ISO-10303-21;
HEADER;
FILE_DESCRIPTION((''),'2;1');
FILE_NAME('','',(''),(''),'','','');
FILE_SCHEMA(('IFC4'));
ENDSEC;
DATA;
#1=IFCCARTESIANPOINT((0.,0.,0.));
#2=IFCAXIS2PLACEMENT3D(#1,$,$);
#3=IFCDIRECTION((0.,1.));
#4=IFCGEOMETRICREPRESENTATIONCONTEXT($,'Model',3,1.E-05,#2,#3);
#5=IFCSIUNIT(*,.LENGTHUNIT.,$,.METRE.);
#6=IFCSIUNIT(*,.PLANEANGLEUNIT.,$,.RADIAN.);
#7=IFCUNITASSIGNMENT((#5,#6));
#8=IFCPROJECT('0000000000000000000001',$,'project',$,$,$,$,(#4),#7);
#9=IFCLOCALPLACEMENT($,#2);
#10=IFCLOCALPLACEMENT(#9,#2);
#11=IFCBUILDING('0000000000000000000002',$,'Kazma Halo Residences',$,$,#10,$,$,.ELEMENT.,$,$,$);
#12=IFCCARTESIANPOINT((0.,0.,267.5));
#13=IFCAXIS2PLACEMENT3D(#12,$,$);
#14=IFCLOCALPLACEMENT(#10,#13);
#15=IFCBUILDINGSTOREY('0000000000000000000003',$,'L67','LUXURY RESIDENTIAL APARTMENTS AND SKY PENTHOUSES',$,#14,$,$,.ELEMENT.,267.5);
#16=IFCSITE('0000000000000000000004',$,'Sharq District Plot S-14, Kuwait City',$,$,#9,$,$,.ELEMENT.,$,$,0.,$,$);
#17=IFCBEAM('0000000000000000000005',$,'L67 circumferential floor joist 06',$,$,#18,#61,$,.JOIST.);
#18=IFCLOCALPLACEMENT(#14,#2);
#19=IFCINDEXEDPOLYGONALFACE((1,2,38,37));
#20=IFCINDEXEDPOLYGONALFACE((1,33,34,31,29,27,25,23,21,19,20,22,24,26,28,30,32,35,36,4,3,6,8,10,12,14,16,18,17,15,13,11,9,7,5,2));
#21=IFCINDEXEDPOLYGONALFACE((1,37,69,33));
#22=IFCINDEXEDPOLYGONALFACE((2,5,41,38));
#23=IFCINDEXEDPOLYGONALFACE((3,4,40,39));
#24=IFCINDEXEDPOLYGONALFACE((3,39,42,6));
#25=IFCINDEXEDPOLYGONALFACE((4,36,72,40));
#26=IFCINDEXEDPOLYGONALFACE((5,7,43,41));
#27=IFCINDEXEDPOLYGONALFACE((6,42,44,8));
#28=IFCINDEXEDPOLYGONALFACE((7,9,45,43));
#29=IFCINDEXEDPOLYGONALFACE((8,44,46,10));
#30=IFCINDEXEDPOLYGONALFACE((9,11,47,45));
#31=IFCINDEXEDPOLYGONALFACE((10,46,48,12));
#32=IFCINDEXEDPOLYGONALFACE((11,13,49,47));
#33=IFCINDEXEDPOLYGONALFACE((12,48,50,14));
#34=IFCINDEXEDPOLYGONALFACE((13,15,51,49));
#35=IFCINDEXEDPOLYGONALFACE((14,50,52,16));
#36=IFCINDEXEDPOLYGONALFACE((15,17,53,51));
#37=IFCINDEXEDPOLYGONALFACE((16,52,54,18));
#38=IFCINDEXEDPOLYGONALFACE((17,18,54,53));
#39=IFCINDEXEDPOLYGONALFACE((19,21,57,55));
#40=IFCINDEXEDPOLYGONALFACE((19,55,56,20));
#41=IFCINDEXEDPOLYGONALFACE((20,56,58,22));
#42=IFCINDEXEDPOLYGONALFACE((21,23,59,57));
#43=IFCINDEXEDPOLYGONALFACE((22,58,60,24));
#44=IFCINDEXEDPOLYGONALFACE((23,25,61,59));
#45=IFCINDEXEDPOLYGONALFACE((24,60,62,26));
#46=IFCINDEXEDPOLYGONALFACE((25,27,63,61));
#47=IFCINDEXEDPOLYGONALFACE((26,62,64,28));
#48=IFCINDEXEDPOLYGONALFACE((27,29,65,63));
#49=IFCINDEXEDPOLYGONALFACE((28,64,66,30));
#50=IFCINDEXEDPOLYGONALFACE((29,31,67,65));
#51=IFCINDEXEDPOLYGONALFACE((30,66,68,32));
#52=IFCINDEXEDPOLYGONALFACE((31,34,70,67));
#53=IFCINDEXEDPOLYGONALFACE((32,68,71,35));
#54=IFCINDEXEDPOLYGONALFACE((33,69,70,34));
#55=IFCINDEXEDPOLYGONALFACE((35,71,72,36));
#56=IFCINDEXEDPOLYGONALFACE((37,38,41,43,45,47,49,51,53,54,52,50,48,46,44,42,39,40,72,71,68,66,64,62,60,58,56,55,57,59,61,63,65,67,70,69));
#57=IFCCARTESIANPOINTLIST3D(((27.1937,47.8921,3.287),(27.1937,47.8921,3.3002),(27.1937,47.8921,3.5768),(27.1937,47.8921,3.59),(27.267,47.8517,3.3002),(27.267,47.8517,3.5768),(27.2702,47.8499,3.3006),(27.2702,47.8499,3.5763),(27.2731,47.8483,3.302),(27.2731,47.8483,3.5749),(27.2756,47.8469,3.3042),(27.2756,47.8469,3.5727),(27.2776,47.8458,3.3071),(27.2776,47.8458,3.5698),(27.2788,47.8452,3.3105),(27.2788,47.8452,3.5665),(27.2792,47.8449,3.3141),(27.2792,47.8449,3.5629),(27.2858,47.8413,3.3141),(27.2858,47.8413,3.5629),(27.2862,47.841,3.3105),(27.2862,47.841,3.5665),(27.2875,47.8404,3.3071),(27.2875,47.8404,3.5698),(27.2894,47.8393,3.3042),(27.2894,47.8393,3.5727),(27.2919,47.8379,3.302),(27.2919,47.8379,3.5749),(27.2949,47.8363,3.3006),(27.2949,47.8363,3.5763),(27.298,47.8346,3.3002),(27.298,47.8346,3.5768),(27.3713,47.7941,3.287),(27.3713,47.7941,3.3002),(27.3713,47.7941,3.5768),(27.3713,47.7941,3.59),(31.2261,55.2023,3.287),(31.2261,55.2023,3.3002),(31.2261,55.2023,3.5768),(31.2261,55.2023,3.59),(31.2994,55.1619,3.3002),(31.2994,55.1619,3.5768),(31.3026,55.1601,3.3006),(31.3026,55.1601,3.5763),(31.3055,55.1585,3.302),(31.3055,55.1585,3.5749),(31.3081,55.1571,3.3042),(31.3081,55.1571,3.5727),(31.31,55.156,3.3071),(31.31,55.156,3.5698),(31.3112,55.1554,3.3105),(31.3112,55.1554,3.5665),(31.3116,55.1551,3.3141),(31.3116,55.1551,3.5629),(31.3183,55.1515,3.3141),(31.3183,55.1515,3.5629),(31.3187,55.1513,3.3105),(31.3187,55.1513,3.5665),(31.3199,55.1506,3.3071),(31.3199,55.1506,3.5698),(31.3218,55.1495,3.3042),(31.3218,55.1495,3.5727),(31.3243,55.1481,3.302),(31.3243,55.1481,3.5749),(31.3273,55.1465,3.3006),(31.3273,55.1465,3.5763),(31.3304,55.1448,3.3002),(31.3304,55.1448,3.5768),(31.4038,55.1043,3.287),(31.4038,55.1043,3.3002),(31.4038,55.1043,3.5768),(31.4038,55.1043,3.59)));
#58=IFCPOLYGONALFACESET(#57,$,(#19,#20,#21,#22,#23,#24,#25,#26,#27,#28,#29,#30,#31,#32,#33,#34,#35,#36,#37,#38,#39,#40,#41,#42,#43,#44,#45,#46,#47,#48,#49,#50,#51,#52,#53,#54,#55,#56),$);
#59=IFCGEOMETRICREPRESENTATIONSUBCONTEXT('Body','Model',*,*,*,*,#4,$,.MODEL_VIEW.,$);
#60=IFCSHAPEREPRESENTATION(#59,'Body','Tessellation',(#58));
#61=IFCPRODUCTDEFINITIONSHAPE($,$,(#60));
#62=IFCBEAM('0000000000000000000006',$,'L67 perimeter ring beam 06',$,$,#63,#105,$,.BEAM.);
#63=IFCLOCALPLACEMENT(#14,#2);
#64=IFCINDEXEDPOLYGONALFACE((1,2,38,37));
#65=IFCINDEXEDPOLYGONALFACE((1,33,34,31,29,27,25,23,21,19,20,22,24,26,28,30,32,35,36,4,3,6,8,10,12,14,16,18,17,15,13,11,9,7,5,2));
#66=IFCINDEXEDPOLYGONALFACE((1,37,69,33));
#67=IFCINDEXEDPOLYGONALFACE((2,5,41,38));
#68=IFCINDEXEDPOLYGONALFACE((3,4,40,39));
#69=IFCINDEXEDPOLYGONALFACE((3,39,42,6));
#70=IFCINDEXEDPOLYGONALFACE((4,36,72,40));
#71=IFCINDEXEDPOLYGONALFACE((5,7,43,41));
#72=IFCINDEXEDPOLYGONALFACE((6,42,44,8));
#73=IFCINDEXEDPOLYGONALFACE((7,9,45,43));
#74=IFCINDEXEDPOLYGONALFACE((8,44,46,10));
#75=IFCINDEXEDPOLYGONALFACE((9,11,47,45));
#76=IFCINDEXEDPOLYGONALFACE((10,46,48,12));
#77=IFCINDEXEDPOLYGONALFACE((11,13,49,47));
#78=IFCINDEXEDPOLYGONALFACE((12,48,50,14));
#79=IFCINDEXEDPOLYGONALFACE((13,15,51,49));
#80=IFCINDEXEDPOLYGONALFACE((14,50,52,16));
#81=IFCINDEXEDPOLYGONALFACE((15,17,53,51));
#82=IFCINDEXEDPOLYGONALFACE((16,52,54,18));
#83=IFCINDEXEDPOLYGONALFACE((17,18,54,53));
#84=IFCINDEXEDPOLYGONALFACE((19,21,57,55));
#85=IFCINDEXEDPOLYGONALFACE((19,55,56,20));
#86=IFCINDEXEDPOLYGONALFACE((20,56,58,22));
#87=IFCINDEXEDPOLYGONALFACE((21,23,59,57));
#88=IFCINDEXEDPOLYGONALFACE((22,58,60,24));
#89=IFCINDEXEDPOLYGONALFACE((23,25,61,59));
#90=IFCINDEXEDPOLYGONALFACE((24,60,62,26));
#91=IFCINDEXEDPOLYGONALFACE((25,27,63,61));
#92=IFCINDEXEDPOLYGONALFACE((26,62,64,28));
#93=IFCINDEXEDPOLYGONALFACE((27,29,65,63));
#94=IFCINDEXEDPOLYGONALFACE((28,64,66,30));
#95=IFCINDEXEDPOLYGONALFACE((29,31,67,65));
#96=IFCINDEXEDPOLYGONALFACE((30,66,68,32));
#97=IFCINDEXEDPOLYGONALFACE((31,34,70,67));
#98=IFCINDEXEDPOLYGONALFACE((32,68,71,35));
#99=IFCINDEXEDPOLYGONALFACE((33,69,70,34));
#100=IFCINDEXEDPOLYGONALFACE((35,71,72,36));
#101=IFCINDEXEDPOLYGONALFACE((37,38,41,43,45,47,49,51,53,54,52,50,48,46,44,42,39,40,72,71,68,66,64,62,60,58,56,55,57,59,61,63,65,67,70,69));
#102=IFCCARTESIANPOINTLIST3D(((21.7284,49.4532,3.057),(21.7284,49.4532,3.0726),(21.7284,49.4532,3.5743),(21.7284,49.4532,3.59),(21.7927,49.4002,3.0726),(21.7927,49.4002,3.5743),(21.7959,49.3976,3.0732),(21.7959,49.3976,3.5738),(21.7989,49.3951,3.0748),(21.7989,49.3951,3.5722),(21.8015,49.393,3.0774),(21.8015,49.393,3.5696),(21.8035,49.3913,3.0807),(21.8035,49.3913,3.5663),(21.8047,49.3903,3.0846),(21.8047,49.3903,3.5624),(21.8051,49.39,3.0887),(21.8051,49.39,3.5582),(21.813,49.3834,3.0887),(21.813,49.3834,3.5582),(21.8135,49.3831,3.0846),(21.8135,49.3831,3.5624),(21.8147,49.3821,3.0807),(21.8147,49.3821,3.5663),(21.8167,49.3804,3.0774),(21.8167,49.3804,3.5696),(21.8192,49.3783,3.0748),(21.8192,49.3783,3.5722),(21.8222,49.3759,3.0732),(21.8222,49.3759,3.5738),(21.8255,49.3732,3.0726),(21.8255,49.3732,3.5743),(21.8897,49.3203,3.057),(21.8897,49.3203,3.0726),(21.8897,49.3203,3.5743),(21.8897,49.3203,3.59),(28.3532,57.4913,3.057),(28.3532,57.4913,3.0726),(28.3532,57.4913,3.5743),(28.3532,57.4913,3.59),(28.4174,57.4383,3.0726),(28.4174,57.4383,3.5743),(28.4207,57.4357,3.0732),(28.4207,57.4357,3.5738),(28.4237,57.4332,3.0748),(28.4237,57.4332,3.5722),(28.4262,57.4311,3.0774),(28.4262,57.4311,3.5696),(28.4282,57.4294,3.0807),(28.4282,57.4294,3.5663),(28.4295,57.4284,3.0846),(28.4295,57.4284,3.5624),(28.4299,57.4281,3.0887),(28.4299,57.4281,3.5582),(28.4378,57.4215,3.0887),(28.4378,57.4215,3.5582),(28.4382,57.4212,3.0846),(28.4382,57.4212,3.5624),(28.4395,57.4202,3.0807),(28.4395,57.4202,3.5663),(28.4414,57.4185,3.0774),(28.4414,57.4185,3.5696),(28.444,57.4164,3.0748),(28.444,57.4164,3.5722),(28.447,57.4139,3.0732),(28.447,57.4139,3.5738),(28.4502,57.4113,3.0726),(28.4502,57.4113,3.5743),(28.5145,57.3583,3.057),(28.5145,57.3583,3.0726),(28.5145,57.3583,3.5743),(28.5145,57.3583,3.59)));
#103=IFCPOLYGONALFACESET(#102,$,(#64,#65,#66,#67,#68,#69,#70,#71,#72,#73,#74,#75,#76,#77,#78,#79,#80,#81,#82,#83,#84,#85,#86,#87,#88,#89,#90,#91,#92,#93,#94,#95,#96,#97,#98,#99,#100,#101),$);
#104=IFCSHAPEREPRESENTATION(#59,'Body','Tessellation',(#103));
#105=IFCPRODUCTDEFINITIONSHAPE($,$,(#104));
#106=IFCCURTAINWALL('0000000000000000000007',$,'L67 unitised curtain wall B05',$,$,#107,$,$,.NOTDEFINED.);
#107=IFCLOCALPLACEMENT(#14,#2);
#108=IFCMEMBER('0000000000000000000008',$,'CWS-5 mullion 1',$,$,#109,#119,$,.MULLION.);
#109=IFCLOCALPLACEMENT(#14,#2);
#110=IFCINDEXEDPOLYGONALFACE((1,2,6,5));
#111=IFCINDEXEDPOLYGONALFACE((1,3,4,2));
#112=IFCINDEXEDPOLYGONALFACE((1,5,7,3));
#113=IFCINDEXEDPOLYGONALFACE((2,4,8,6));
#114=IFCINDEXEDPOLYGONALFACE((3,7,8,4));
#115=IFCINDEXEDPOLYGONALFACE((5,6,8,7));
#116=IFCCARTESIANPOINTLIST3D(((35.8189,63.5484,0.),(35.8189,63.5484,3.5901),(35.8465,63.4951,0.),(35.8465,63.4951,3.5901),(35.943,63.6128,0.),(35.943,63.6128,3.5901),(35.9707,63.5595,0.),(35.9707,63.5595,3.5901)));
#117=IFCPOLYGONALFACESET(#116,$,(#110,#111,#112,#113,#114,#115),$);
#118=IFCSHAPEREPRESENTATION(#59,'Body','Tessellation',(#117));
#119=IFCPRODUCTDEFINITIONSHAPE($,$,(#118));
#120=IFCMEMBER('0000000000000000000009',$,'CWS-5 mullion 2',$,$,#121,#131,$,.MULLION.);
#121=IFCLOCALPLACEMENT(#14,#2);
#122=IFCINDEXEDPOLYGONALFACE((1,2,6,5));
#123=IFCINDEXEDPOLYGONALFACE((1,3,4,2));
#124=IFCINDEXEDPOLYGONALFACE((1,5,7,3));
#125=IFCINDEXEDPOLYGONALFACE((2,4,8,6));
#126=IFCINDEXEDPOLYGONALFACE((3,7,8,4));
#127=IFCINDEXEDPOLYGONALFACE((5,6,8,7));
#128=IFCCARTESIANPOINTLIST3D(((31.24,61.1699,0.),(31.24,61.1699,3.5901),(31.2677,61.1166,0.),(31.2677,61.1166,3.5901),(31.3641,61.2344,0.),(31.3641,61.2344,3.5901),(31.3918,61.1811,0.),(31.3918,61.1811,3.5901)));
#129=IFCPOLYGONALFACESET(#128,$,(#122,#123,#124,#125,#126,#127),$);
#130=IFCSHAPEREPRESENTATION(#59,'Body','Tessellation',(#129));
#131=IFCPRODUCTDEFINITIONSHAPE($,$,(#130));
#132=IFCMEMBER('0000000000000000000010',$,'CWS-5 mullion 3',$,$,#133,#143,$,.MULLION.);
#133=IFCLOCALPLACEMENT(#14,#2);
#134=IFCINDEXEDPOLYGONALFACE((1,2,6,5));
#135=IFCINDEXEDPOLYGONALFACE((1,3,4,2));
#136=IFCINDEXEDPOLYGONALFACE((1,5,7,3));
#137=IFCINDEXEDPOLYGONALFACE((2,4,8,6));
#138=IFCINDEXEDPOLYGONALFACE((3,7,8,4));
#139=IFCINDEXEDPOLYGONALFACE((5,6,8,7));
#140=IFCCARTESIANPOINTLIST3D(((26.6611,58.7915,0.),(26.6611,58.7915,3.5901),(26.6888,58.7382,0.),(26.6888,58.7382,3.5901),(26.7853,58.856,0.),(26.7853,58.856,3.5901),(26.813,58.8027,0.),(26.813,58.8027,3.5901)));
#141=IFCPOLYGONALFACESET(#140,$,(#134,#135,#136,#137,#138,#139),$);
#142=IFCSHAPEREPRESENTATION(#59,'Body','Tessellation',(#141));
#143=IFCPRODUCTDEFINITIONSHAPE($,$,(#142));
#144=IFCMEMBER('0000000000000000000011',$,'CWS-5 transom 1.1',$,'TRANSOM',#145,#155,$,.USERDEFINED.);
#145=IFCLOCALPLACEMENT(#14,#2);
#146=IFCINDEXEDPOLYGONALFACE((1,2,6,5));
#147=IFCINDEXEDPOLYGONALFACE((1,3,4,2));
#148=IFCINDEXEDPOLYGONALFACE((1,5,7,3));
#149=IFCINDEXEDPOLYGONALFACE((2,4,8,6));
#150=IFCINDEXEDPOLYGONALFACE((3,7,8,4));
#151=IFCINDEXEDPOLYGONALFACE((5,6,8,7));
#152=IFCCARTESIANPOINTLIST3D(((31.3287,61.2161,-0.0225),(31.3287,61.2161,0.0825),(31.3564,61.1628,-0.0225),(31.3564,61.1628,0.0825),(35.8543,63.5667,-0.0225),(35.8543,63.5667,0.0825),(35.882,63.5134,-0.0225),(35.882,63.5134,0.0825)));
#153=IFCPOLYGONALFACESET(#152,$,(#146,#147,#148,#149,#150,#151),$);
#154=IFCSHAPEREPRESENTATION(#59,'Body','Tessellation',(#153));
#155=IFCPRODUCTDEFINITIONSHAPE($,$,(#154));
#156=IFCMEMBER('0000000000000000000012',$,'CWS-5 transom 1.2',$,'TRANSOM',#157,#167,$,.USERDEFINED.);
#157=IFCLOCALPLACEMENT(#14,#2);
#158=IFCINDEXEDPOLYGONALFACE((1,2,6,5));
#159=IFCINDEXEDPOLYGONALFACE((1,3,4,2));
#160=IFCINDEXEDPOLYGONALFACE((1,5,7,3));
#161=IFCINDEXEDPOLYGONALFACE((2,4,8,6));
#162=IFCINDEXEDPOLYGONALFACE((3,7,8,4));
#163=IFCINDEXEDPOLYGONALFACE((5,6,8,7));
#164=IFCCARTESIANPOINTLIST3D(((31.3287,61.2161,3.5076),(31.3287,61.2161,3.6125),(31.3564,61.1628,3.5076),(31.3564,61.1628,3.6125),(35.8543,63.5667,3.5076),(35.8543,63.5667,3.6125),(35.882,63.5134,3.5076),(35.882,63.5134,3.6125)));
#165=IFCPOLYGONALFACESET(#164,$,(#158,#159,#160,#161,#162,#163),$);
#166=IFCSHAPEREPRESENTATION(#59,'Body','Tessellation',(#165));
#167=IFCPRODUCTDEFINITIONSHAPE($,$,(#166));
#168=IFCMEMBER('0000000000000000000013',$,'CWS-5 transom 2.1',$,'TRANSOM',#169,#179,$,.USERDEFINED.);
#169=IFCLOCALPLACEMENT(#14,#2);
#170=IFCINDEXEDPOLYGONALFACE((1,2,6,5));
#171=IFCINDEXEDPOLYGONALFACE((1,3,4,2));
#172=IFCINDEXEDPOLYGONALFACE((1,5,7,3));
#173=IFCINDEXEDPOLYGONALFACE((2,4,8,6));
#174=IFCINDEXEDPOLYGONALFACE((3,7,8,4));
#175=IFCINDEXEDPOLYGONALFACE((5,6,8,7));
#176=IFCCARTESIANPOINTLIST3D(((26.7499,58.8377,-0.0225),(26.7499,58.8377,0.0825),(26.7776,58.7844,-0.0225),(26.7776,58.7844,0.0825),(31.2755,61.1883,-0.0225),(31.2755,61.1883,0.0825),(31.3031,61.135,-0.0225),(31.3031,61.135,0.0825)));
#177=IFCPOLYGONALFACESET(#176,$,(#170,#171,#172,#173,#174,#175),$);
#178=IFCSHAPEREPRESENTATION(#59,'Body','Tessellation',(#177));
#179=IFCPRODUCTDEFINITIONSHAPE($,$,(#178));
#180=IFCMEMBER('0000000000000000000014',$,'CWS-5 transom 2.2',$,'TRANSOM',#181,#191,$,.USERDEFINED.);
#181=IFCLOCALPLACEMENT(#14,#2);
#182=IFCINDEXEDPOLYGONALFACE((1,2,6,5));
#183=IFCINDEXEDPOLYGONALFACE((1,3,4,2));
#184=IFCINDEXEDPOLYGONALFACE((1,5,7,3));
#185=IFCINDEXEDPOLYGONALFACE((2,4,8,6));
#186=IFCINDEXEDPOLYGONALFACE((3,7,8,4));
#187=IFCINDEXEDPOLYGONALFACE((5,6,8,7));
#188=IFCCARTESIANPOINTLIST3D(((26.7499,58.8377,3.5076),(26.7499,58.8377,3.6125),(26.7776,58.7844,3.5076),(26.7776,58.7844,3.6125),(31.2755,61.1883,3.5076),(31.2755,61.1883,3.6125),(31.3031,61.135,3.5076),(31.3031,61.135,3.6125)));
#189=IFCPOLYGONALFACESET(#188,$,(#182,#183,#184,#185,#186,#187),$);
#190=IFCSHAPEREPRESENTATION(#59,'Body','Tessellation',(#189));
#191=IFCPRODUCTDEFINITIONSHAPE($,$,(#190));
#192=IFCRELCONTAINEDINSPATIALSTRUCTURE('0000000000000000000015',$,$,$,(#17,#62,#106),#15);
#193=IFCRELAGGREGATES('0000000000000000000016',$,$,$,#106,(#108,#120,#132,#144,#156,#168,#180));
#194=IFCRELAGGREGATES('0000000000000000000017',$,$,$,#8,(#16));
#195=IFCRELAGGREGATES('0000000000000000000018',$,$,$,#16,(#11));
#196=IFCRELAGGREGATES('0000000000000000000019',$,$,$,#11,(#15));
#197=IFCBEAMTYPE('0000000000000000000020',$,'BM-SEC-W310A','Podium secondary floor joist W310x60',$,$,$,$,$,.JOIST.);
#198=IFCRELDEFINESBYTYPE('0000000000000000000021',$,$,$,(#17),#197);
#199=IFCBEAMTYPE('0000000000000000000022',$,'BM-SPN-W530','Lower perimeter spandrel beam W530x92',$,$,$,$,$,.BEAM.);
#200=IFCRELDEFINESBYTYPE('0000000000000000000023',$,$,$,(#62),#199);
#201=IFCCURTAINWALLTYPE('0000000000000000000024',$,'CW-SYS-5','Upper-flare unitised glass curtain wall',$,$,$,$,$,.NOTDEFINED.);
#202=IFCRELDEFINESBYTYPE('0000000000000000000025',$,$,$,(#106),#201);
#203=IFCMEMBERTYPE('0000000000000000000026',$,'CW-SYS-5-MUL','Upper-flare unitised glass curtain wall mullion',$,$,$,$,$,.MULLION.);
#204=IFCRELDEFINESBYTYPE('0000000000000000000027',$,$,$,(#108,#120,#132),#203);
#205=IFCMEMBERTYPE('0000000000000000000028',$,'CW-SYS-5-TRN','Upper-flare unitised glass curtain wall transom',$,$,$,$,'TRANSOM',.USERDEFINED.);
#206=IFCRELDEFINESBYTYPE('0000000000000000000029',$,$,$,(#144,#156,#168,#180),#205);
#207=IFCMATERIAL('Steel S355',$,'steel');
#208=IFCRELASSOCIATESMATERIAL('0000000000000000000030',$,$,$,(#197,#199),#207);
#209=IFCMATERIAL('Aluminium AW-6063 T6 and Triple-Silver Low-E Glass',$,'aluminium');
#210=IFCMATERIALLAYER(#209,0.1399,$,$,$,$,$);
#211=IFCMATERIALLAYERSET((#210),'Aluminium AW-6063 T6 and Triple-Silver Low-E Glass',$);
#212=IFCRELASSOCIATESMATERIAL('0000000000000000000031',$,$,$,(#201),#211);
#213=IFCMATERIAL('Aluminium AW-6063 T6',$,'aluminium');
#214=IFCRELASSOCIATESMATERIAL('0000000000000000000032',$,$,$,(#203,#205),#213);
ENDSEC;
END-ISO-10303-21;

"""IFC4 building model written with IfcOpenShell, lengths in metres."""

from ifc_helpers import new_model, si_unit, direction, frame, origin, origin_2d, place, context, subcontext, project, spatial, rectangle, i_section, extrude, material, layer, layer_set, material_profile, profile_set, type_object, element, aggregate, save


model = new_model("IFC4")

# Units and contexts
model_context = context("Model", 3, precision=1e-05, world=origin(), true_north=direction((0.0, 1.0)))
body_context = subcontext(model_context, "Body", "Model", "MODEL_VIEW")
ifc_project = project(units=[si_unit("LENGTHUNIT", "METRE"), si_unit("PLANEANGLEUNIT", "RADIAN")], contexts=[model_context])

# Site, building, storey
site_placement = place(None, origin())
site = spatial("IfcSite", under=ifc_project, at=site_placement, Name="Sharq District Plot S-14, Kuwait City", CompositionType="ELEMENT", RefElevation=0.0)
building_placement = place(site_placement, origin())
building = spatial("IfcBuilding", under=site, at=building_placement, Name="Kazma Halo Residences", CompositionType="ELEMENT")
storey_placement = place(building_placement, frame((0.0, 0.0, 267.5)))
storey = spatial("IfcBuildingStorey", under=building, at=storey_placement, Name="L67", Description="LUXURY RESIDENTIAL APARTMENTS AND SKY PENTHOUSES", CompositionType="ELEMENT", Elevation=267.5)

# Beams
ifc_material_1 = material(Name="Steel S355", Category="steel")
ifc_material_profile_1 = material_profile(ifc_material_1, i_section(OverallWidth=0.2029, OverallDepth=0.303, WebThickness=0.0076, FlangeThickness=0.0132, FilletRadius=0.0139, at=origin_2d()), Name="W310x60")
ifc_profile_set_1 = profile_set([ifc_material_profile_1], Name="Steel S355")
beam_type_1 = type_object("IfcBeamType", Name="BM-SEC-W310A", Description="Podium secondary floor joist W310x60", PredefinedType="JOIST", material=ifc_profile_set_1)
beam_1_placement = place(storey_placement, frame((31.3149, 55.1533, 3.4385), z_axis=(-0.483004, -0.875618, 0.0), x_axis=(0.875618, -0.483004, 0.0)))
element("IfcBeam", 1, at=beam_1_placement, inside=storey, type_object=beam_type_1, Name="L67 circumferential floor joist 06", PredefinedType="JOIST", context=body_context, shape_type="SweptSolid", body=[
    extrude(i_section(OverallWidth=0.2029, OverallDepth=0.303, WebThickness=0.0076, FlangeThickness=0.0132, FilletRadius=0.0139, at=origin_2d()), origin(), (0.0, 0.0, 1.0), 8.3486),
])
ifc_material_profile_2 = material_profile(ifc_material_1, i_section(OverallWidth=0.209, OverallDepth=0.533, WebThickness=0.0103, FlangeThickness=0.0156, FilletRadius=0.0161, at=origin_2d()), Name="W530x92")
ifc_profile_set_2 = profile_set([ifc_material_profile_2], Name="Steel S355")
beam_type_2 = type_object("IfcBeamType", Name="BM-SPN-W530", Description="Lower perimeter spandrel beam W530x92", PredefinedType="BEAM", material=ifc_profile_set_2)
beam_2_placement = place(storey_placement, frame((28.4338, 57.4248, 3.3235), z_axis=(-0.636002, -0.771687, 0.0), x_axis=(0.771687, -0.636002, 0.0)))
element("IfcBeam", 2, at=beam_2_placement, inside=storey, type_object=beam_type_2, Name="L67 perimeter ring beam 06", PredefinedType="BEAM", context=body_context, shape_type="SweptSolid", body=[
    extrude(i_section(OverallWidth=0.209, OverallDepth=0.533, WebThickness=0.0103, FlangeThickness=0.0156, FilletRadius=0.0161, at=origin_2d()), origin(), (0.0, 0.0, 1.0), 10.4163),
])

# Curtain wall, members
ifc_material_2 = material(Name="Aluminium AW-6063 T6 and Triple-Silver Low-E Glass", Category="aluminium")
ifc_layer_1 = layer(ifc_material_2, 0.1399)
ifc_layer_set_1 = layer_set([ifc_layer_1], Name="Aluminium AW-6063 T6 and Triple-Silver Low-E Glass")
curtain_wall_type = type_object("IfcCurtainWallType", Name="CW-SYS-5", Description="Upper-flare unitised glass curtain wall", PredefinedType="NOTDEFINED", material=ifc_layer_set_1)
curtain_wall_placement = place(storey_placement, origin())
curtain_wall = element("IfcCurtainWall", 3, at=curtain_wall_placement, inside=storey, type_object=curtain_wall_type, Name="L67 unitised curtain wall B05", PredefinedType="NOTDEFINED")
ifc_material_3 = material(Name="Aluminium AW-6063 T6", Category="aluminium")
ifc_material_profile_3 = material_profile(ifc_material_3, rectangle(XDim=0.0601, YDim=0.1399, at=origin_2d()), Name="CWM-60x140")
ifc_profile_set_3 = profile_set([ifc_material_profile_3], Name="Aluminium AW-6063 T6")
member_type_1 = type_object("IfcMemberType", Name="CW-SYS-5-MUL", Description="Upper-flare unitised glass curtain wall mullion", PredefinedType="MULLION", material=ifc_profile_set_3)
member_1_placement = place(storey_placement, frame((35.8948, 63.554, 0.0), z_axis=(0.0, 0.0, 1.0), x_axis=(0.460961, -0.887421, 0.0)))
member_1 = element("IfcMember", 4, at=member_1_placement, type_object=member_type_1, Name="CWS-5 mullion 1", PredefinedType="MULLION", context=body_context, shape_type="SweptSolid", body=[
    extrude(rectangle(XDim=0.0601, YDim=0.1399, at=origin_2d()), origin(), (0.0, 0.0, 1.0), 3.5901),
])
member_2_placement = place(storey_placement, frame((31.3159, 61.1755, 0.0), z_axis=(0.0, 0.0, 1.0), x_axis=(0.460961, -0.887421, 0.0)))
member_2 = element("IfcMember", 5, at=member_2_placement, type_object=member_type_1, Name="CWS-5 mullion 2", PredefinedType="MULLION", context=body_context, shape_type="SweptSolid", body=[
    extrude(rectangle(XDim=0.0601, YDim=0.1399, at=origin_2d()), origin(), (0.0, 0.0, 1.0), 3.5901),
])
member_3_placement = place(storey_placement, frame((26.7371, 58.7971, 0.0), z_axis=(0.0, 0.0, 1.0), x_axis=(0.460961, -0.887421, 0.0)))
member_3 = element("IfcMember", 6, at=member_3_placement, type_object=member_type_1, Name="CWS-5 mullion 3", PredefinedType="MULLION", context=body_context, shape_type="SweptSolid", body=[
    extrude(rectangle(XDim=0.0601, YDim=0.1399, at=origin_2d()), origin(), (0.0, 0.0, 1.0), 3.5901),
])
ifc_material_profile_4 = material_profile(ifc_material_3, rectangle(XDim=0.0601, YDim=0.105, at=origin_2d()), Name="CWT-60x105")
ifc_profile_set_4 = profile_set([ifc_material_profile_4], Name="Aluminium AW-6063 T6")
member_type_2 = type_object("IfcMemberType", Name="CW-SYS-5-TRN", Description="Upper-flare unitised glass curtain wall transom", ElementType="TRANSOM", PredefinedType="USERDEFINED", material=ifc_profile_set_4)
member_4_placement = place(storey_placement, frame((35.8682, 63.54, 0.03), z_axis=(-0.887437, -0.460929, 0.0), x_axis=(0.460929, -0.887437, 0.0)))
member_4 = element("IfcMember", 7, at=member_4_placement, type_object=member_type_2, Name="CWS-5 transom 1.1", ObjectType="TRANSOM", PredefinedType="USERDEFINED", context=body_context, shape_type="SweptSolid", body=[
    extrude(rectangle(XDim=0.0601, YDim=0.105, at=origin_2d()), origin(), (0.0, 0.0, 1.0), 5.0996),
])
member_5_placement = place(storey_placement, frame((35.8682, 63.54, 3.5601), z_axis=(-0.887437, -0.460929, 0.0), x_axis=(0.460929, -0.887437, 0.0)))
member_5 = element("IfcMember", 8, at=member_5_placement, type_object=member_type_2, Name="CWS-5 transom 1.2", ObjectType="TRANSOM", PredefinedType="USERDEFINED", context=body_context, shape_type="SweptSolid", body=[
    extrude(rectangle(XDim=0.0601, YDim=0.105, at=origin_2d()), origin(), (0.0, 0.0, 1.0), 5.0996),
])
member_6_placement = place(storey_placement, frame((31.2893, 61.1616, 0.03), z_axis=(-0.887437, -0.460929, 0.0), x_axis=(0.460929, -0.887437, 0.0)))
member_6 = element("IfcMember", 9, at=member_6_placement, type_object=member_type_2, Name="CWS-5 transom 2.1", ObjectType="TRANSOM", PredefinedType="USERDEFINED", context=body_context, shape_type="SweptSolid", body=[
    extrude(rectangle(XDim=0.0601, YDim=0.105, at=origin_2d()), origin(), (0.0, 0.0, 1.0), 5.0996),
])
member_7_placement = place(storey_placement, frame((31.2893, 61.1616, 3.5601), z_axis=(-0.887437, -0.460929, 0.0), x_axis=(0.460929, -0.887437, 0.0)))
member_7 = element("IfcMember", 10, at=member_7_placement, type_object=member_type_2, Name="CWS-5 transom 2.2", ObjectType="TRANSOM", PredefinedType="USERDEFINED", context=body_context, shape_type="SweptSolid", body=[
    extrude(rectangle(XDim=0.0601, YDim=0.105, at=origin_2d()), origin(), (0.0, 0.0, 1.0), 5.0996),
])
aggregate(curtain_wall, [member_1, member_2, member_3, member_4, member_5, member_6, member_7])

save(model, "model.ifc")
